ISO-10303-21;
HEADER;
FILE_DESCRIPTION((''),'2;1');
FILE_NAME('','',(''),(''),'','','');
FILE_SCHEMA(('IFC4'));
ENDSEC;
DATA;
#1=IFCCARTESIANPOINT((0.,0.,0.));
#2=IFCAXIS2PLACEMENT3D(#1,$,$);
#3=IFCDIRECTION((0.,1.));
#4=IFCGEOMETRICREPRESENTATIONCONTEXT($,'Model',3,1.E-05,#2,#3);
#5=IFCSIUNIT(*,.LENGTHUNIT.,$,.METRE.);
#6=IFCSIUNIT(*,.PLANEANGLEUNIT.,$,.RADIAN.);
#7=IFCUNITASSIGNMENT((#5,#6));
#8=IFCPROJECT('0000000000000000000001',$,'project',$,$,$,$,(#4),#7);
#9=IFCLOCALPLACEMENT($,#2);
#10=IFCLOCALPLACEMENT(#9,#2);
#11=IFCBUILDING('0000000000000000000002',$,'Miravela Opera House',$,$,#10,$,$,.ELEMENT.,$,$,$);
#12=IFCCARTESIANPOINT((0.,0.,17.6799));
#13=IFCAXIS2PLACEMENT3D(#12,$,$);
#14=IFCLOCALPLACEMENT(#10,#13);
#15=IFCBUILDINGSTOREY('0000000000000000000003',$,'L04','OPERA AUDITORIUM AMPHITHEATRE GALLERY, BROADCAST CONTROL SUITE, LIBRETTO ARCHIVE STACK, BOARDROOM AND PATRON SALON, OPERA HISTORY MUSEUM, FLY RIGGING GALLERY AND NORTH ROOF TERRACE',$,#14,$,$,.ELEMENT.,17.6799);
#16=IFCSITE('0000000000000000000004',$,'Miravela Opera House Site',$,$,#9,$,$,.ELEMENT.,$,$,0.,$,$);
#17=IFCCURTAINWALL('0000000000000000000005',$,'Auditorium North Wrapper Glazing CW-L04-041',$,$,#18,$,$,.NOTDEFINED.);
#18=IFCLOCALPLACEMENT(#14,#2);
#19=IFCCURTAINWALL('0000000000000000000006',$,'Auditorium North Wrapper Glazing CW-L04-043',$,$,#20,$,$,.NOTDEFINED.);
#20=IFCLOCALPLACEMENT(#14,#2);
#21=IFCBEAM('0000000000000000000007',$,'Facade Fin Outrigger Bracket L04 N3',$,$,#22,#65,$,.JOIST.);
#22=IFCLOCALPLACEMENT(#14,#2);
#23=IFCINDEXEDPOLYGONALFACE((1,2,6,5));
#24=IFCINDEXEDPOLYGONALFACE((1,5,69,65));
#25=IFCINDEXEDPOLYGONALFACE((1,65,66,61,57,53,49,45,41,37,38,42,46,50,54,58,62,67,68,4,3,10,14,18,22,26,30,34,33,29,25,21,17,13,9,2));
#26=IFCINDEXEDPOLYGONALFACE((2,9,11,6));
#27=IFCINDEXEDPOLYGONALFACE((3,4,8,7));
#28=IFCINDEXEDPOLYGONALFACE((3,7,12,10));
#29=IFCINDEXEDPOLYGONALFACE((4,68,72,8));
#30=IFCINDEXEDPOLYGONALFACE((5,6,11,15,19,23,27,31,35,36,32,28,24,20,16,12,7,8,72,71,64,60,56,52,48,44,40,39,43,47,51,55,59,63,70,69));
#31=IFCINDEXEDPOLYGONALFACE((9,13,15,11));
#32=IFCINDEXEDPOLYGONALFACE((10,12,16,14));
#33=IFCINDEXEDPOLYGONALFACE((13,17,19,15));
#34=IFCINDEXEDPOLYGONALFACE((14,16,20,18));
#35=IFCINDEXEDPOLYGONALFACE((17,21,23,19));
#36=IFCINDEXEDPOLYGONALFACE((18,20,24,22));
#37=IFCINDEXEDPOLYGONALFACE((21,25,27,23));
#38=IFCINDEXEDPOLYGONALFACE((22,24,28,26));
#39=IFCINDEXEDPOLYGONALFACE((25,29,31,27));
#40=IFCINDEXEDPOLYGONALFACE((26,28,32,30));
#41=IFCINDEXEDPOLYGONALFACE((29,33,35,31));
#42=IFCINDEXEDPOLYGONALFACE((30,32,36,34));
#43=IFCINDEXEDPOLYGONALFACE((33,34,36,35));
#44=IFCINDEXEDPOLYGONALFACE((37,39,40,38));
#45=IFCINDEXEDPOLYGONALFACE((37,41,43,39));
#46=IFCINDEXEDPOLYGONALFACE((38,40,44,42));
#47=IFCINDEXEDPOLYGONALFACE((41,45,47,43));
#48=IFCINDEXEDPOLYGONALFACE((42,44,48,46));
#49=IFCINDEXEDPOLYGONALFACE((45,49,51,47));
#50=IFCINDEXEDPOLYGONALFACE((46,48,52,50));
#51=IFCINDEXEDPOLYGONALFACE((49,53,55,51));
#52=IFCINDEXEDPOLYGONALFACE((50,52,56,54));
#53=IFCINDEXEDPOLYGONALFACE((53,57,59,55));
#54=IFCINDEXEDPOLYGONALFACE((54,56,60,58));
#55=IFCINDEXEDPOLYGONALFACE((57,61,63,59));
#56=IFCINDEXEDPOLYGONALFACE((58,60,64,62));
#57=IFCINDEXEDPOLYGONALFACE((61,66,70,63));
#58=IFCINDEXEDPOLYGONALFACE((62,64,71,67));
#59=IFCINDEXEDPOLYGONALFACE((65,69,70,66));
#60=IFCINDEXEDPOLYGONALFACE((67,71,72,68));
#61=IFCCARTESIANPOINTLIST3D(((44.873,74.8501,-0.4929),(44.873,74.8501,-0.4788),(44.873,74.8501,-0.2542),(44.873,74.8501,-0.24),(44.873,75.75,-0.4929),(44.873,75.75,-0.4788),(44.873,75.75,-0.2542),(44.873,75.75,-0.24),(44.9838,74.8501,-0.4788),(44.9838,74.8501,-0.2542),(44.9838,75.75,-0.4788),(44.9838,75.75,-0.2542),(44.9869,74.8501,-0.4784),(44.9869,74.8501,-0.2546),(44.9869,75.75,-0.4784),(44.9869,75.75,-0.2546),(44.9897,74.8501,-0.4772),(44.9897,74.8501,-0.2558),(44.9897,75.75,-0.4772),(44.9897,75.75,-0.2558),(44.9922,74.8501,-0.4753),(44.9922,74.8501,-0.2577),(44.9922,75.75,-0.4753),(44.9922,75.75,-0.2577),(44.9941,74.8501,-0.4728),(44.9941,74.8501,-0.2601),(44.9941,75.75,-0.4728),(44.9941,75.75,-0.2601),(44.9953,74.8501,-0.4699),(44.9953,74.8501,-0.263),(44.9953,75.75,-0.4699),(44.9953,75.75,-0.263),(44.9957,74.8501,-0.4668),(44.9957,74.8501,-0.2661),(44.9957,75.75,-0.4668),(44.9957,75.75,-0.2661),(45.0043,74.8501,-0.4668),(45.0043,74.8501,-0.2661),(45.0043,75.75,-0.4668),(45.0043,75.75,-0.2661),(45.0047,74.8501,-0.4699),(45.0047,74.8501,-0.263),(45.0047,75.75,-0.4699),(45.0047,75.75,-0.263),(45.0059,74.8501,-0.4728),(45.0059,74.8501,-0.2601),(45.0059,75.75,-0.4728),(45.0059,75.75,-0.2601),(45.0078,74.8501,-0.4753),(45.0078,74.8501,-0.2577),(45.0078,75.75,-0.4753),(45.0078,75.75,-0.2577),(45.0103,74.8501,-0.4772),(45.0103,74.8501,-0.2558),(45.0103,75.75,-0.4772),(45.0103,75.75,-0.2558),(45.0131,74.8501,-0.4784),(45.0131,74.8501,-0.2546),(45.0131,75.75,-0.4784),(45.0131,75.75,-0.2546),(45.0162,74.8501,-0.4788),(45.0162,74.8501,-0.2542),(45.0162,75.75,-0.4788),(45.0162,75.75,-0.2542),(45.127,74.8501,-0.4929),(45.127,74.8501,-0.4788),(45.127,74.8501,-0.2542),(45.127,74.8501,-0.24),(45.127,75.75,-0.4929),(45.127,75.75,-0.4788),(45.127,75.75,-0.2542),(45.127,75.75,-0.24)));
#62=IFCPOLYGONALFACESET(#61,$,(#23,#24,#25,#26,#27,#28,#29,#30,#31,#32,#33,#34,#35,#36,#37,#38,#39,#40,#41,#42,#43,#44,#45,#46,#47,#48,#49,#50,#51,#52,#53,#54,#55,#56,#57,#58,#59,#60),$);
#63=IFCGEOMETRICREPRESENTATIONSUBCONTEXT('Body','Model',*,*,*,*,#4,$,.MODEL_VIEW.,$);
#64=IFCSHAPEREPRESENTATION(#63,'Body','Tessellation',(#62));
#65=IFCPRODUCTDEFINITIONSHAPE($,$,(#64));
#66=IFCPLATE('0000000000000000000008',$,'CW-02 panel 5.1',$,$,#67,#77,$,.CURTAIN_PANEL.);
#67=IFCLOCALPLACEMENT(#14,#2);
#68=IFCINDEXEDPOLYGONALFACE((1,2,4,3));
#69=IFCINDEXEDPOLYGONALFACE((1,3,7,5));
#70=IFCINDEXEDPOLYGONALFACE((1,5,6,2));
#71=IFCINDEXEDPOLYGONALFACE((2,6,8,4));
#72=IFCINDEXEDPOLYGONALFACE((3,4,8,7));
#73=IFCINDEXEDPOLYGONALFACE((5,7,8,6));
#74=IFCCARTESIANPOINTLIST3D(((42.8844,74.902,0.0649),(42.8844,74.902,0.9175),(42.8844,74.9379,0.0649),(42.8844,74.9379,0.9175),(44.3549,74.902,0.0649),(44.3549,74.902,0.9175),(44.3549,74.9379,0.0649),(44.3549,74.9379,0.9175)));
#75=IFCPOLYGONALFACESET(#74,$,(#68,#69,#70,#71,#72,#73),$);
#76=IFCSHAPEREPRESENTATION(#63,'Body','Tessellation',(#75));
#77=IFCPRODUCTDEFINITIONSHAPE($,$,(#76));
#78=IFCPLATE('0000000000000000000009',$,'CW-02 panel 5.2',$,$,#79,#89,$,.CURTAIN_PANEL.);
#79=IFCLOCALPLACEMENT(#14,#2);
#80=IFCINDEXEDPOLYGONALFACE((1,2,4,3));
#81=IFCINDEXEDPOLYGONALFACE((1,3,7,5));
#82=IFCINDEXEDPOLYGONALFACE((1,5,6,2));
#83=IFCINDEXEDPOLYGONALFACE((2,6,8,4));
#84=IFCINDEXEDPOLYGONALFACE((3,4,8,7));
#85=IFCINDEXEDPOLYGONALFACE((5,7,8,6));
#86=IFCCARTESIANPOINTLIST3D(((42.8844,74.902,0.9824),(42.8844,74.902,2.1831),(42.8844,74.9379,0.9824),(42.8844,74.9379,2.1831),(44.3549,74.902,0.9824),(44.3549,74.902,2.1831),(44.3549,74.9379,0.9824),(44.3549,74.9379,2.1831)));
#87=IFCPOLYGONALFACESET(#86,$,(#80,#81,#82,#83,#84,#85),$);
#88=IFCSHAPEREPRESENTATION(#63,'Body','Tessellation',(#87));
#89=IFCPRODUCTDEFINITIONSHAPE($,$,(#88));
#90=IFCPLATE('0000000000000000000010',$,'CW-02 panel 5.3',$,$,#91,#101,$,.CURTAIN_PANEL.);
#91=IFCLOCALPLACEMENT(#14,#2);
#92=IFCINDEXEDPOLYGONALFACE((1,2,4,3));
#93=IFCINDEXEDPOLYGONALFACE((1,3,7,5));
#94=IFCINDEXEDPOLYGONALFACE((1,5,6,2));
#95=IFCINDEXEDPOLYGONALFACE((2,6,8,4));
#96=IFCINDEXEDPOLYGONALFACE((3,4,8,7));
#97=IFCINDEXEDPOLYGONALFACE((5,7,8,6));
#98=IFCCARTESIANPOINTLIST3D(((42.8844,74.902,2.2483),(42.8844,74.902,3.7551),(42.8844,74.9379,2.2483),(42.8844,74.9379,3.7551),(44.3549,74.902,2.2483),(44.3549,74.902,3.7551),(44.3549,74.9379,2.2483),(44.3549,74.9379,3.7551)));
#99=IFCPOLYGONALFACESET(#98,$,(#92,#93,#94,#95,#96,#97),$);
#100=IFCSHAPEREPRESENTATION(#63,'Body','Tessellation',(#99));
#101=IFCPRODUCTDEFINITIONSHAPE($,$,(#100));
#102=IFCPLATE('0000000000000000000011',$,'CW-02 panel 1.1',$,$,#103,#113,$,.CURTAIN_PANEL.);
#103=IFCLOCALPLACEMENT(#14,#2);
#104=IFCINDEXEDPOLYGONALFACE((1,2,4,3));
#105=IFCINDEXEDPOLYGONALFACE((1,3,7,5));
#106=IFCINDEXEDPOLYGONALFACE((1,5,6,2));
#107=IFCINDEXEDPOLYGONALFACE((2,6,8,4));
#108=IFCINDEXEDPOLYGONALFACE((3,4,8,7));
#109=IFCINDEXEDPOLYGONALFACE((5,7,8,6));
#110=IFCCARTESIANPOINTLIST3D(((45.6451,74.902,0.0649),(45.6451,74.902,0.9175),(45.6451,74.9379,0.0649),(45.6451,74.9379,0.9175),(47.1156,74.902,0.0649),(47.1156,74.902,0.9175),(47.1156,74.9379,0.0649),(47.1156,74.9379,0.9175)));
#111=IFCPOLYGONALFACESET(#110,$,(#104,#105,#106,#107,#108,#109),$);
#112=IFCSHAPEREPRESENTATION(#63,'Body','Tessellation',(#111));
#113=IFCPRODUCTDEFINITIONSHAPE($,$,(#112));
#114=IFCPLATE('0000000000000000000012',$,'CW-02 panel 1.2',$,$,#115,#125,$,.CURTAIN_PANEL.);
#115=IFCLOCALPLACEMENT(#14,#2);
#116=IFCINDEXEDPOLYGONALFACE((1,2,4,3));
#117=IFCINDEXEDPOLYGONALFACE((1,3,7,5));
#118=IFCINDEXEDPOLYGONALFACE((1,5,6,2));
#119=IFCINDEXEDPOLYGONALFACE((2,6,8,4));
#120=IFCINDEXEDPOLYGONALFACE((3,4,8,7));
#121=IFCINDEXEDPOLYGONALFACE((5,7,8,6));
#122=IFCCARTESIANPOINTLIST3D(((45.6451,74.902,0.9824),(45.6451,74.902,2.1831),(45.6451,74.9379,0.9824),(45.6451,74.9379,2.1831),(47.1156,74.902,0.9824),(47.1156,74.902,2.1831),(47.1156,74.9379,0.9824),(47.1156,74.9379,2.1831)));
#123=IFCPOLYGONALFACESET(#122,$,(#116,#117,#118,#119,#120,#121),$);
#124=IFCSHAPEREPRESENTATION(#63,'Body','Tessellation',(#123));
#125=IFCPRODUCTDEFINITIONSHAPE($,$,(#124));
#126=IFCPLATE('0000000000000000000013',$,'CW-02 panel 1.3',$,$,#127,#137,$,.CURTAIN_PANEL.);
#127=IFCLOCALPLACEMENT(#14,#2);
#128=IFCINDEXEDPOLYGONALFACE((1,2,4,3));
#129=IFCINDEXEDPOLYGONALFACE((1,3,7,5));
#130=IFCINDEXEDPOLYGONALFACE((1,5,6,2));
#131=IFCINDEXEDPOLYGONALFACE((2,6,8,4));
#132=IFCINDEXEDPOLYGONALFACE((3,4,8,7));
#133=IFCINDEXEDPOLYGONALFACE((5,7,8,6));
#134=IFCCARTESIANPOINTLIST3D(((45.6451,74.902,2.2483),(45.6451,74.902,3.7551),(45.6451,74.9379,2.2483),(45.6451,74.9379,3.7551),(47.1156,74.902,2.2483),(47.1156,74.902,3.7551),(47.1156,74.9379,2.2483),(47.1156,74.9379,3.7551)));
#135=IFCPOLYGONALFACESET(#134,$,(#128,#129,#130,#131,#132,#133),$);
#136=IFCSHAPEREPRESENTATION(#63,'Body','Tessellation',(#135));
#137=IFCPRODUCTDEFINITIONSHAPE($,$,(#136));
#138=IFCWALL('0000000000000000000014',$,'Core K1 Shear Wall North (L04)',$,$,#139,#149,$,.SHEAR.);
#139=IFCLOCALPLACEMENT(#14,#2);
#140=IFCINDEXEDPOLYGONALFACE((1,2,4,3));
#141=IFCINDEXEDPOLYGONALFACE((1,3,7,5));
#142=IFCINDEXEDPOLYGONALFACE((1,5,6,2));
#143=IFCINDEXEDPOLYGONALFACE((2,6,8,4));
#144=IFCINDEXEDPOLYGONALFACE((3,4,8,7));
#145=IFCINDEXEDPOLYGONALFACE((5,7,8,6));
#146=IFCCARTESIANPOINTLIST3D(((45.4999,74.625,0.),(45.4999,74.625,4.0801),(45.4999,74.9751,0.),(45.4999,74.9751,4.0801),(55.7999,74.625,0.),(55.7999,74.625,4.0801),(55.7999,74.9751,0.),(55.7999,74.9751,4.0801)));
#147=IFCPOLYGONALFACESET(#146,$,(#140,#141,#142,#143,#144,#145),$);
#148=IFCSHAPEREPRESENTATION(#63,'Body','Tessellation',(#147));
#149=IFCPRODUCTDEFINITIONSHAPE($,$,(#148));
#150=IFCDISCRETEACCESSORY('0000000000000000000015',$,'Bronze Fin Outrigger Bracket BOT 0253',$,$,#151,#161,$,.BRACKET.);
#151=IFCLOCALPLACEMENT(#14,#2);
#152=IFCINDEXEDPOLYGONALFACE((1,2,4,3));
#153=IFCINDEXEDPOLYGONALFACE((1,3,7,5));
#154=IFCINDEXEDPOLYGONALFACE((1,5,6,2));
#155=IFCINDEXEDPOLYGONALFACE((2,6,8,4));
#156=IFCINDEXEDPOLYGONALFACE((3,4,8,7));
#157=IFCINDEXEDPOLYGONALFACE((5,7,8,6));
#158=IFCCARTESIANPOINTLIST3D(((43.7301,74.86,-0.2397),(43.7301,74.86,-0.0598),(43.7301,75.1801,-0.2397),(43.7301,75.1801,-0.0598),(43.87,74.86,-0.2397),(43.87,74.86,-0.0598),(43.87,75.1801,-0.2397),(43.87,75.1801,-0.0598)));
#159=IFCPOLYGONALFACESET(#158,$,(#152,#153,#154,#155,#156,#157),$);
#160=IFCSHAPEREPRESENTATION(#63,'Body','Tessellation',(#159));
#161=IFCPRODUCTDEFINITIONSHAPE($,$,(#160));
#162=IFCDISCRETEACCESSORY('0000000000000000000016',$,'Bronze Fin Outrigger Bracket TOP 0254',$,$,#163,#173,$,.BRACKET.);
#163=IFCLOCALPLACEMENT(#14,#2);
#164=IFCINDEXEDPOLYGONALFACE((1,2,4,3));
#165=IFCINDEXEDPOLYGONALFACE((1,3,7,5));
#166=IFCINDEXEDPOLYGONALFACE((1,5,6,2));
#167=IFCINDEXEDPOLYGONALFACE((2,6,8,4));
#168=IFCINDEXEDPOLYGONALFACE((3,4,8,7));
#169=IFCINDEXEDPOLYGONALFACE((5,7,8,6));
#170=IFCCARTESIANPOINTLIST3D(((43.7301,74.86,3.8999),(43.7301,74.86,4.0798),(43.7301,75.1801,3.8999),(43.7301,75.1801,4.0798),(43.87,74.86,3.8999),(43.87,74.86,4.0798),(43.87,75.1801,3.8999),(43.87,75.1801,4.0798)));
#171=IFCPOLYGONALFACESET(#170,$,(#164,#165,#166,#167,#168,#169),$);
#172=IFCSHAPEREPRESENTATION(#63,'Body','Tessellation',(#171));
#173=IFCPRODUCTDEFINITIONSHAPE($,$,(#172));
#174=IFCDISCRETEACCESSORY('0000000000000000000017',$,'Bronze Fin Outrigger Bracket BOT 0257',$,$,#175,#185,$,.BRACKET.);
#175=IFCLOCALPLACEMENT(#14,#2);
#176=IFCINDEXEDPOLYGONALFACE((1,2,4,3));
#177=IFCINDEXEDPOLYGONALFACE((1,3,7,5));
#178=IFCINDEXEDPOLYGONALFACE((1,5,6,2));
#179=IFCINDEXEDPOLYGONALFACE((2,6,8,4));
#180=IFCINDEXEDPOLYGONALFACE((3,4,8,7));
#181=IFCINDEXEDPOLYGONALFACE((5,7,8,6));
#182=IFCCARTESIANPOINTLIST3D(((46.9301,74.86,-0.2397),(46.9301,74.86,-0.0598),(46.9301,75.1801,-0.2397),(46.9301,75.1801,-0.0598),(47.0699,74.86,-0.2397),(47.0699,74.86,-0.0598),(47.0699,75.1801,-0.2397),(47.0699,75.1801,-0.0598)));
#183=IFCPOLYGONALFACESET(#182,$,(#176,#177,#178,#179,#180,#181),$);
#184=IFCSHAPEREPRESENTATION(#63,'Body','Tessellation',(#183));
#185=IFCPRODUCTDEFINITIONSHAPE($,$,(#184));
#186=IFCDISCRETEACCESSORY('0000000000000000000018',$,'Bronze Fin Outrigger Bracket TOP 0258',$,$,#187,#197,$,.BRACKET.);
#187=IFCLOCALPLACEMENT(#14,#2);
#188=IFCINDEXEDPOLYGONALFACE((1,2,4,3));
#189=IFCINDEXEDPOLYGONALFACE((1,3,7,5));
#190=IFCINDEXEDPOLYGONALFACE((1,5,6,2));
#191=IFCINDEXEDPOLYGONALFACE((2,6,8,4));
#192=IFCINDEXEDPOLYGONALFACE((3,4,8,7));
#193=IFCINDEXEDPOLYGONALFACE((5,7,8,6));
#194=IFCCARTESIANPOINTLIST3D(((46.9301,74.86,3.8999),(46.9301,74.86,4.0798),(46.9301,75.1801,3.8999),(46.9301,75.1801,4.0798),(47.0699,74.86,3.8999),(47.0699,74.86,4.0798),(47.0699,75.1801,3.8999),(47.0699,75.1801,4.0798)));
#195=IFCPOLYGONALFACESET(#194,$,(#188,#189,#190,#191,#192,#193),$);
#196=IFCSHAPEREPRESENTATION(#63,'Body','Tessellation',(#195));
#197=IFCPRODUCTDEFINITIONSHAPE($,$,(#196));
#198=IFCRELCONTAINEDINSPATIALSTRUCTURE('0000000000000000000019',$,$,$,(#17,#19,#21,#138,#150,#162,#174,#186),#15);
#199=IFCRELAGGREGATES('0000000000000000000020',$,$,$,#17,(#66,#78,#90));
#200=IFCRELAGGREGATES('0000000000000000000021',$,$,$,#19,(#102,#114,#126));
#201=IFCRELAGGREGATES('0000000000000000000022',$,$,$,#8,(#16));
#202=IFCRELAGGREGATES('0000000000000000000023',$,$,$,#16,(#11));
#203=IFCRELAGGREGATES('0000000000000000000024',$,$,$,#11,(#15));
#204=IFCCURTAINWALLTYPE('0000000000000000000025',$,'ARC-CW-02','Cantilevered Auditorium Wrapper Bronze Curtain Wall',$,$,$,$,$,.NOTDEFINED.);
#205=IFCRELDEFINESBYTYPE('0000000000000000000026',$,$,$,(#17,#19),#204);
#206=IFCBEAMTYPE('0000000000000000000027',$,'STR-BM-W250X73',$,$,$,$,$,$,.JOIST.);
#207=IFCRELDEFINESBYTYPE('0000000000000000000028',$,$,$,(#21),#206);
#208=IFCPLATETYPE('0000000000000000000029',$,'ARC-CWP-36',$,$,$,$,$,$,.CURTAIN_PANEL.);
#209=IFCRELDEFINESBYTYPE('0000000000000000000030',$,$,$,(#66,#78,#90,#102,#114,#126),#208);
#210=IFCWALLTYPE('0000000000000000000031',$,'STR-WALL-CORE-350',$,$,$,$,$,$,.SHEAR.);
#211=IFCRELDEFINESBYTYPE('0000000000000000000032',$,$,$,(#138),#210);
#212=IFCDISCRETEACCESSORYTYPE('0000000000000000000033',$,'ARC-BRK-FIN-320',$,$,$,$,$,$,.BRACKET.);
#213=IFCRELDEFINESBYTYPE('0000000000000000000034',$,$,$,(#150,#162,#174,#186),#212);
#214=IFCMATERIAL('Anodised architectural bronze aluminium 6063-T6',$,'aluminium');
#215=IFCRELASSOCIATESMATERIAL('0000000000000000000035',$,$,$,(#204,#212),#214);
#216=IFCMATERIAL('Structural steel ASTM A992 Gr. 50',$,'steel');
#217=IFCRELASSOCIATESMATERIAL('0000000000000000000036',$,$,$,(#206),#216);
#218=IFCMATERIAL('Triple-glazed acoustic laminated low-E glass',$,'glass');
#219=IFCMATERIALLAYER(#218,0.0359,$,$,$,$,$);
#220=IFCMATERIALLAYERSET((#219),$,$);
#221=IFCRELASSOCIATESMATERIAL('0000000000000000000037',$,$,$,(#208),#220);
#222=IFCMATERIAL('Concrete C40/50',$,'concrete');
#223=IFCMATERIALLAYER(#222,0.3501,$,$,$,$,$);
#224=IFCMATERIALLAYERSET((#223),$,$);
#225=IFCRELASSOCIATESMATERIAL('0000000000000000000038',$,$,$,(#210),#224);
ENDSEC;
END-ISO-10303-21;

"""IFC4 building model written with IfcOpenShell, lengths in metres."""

from ifc_helpers import new_model, si_unit, direction, frame, frame_2d, origin, origin_2d, place, context, subcontext, project, spatial, rectangle, i_section, extrude, material, layer, layer_set, material_profile, profile_set, type_object, element, aggregate, save


model = new_model("IFC4")

# Units and contexts
model_context = context("Model", 3, precision=1e-05, world=origin(), true_north=direction((0.0, 1.0)))
body_context = subcontext(model_context, "Body", "Model", "MODEL_VIEW")
ifc_project = project(units=[si_unit("LENGTHUNIT", "METRE"), si_unit("PLANEANGLEUNIT", "RADIAN")], contexts=[model_context])

# Site, building, storey
site_placement = place(None, origin())
site = spatial("IfcSite", under=ifc_project, at=site_placement, Name="Miravela Opera House Site", CompositionType="ELEMENT", RefElevation=0.0)
building_placement = place(site_placement, origin())
building = spatial("IfcBuilding", under=site, at=building_placement, Name="Miravela Opera House", CompositionType="ELEMENT")
storey_placement = place(building_placement, frame((0.0, 0.0, 17.6799)))
storey = spatial("IfcBuildingStorey", under=building, at=storey_placement, Name="L04", Description="OPERA AUDITORIUM AMPHITHEATRE GALLERY, BROADCAST CONTROL SUITE, LIBRETTO ARCHIVE STACK, BOARDROOM AND PATRON SALON, OPERA HISTORY MUSEUM, FLY RIGGING GALLERY AND NORTH ROOF TERRACE", CompositionType="ELEMENT", Elevation=17.6799)

# Curtain walls
ifc_material_1 = material(Name="Anodised architectural bronze aluminium 6063-T6", Category="aluminium")
curtain_wall_type = type_object("IfcCurtainWallType", Name="ARC-CW-02", Description="Cantilevered Auditorium Wrapper Bronze Curtain Wall", PredefinedType="NOTDEFINED", material=ifc_material_1)
curtain_wall_1_placement = place(storey_placement, origin())
curtain_wall_1 = element("IfcCurtainWall", 1, at=curtain_wall_1_placement, inside=storey, type_object=curtain_wall_type, Name="Auditorium North Wrapper Glazing CW-L04-041", PredefinedType="NOTDEFINED")
curtain_wall_2_placement = place(storey_placement, origin())
curtain_wall_2 = element("IfcCurtainWall", 2, at=curtain_wall_2_placement, inside=storey, type_object=curtain_wall_type, Name="Auditorium North Wrapper Glazing CW-L04-043", PredefinedType="NOTDEFINED")

# Beam
ifc_material_2 = material(Name="Concrete C40/50", Category="concrete")
ifc_material_3 = material(Name="Structural steel ASTM A992 Gr. 50", Category="steel")
ifc_material_profile_1 = material_profile(ifc_material_3, i_section(OverallWidth=0.2539, OverallDepth=0.2529, WebThickness=0.0085, FlangeThickness=0.0142, FilletRadius=0.012, at=origin_2d()), Name="W250X73")
ifc_profile_set_1 = profile_set([ifc_material_profile_1])
beam_type_1 = type_object("IfcBeamType", Name="STR-BM-W250X73", PredefinedType="JOIST", material=ifc_profile_set_1)
beam_1_placement = place(storey_placement, frame((45.0, 74.8501, -0.3665), z_axis=(0.0, 1.0, 0.0), x_axis=(-1.0, 0.0, 0.0)))
element("IfcBeam", 3, at=beam_1_placement, inside=storey, type_object=beam_type_1, Name="Facade Fin Outrigger Bracket L04 N3", PredefinedType="JOIST", context=body_context, shape_type="SweptSolid", body=[
    extrude(i_section(OverallWidth=0.2539, OverallDepth=0.2529, WebThickness=0.0085, FlangeThickness=0.0142, FilletRadius=0.012, at=origin_2d()), origin(), (0.0, 0.0, 1.0), 0.8999),
])

# Plates
ifc_material_4 = material(Name="Triple-glazed acoustic laminated low-E glass", Category="glass")
ifc_layer_1 = layer(ifc_material_4, 0.0359)
ifc_layer_set_1 = layer_set([ifc_layer_1])
plate_type = type_object("IfcPlateType", Name="ARC-CWP-36", PredefinedType="CURTAIN_PANEL", material=ifc_layer_set_1)
plate_1_placement = place(storey_placement, frame((43.6196, 74.9199, 0.0649), z_axis=(0.0, 0.0, 1.0), x_axis=(1.0, 0.0, 0.0)))
plate_1 = element("IfcPlate", 4, at=plate_1_placement, type_object=plate_type, Name="CW-02 panel 5.1", PredefinedType="CURTAIN_PANEL", context=body_context, shape_type="SweptSolid", body=[
    extrude(rectangle(XDim=1.4705, YDim=0.0359, at=origin_2d()), origin(), (0.0, 0.0, 1.0), 0.8525),
])
plate_2_placement = place(storey_placement, frame((43.6196, 74.9199, 0.9824), z_axis=(0.0, 0.0, 1.0), x_axis=(1.0, 0.0, 0.0)))
plate_2 = element("IfcPlate", 5, at=plate_2_placement, type_object=plate_type, Name="CW-02 panel 5.2", PredefinedType="CURTAIN_PANEL", context=body_context, shape_type="SweptSolid", body=[
    extrude(rectangle(XDim=1.4705, YDim=0.0359, at=origin_2d()), origin(), (0.0, 0.0, 1.0), 1.2007),
])
plate_3_placement = place(storey_placement, frame((43.6196, 74.9199, 2.2483), z_axis=(0.0, 0.0, 1.0), x_axis=(1.0, 0.0, 0.0)))
plate_3 = element("IfcPlate", 6, at=plate_3_placement, type_object=plate_type, Name="CW-02 panel 5.3", PredefinedType="CURTAIN_PANEL", context=body_context, shape_type="SweptSolid", body=[
    extrude(rectangle(XDim=1.4705, YDim=0.0359, at=origin_2d()), origin(), (0.0, 0.0, 1.0), 1.5068),
])
aggregate(curtain_wall_1, [plate_1, plate_2, plate_3])
plate_4_placement = place(storey_placement, frame((46.3804, 74.9199, 0.0649), z_axis=(0.0, 0.0, 1.0), x_axis=(1.0, 0.0, 0.0)))
plate_4 = element("IfcPlate", 7, at=plate_4_placement, type_object=plate_type, Name="CW-02 panel 1.1", PredefinedType="CURTAIN_PANEL", context=body_context, shape_type="SweptSolid", body=[
    extrude(rectangle(XDim=1.4705, YDim=0.0359, at=origin_2d()), origin(), (0.0, 0.0, 1.0), 0.8525),
])
plate_5_placement = place(storey_placement, frame((46.3804, 74.9199, 0.9824), z_axis=(0.0, 0.0, 1.0), x_axis=(1.0, 0.0, 0.0)))
plate_5 = element("IfcPlate", 8, at=plate_5_placement, type_object=plate_type, Name="CW-02 panel 1.2", PredefinedType="CURTAIN_PANEL", context=body_context, shape_type="SweptSolid", body=[
    extrude(rectangle(XDim=1.4705, YDim=0.0359, at=origin_2d()), origin(), (0.0, 0.0, 1.0), 1.2007),
])
plate_6_placement = place(storey_placement, frame((46.3804, 74.9199, 2.2483), z_axis=(0.0, 0.0, 1.0), x_axis=(1.0, 0.0, 0.0)))
plate_6 = element("IfcPlate", 9, at=plate_6_placement, type_object=plate_type, Name="CW-02 panel 1.3", PredefinedType="CURTAIN_PANEL", context=body_context, shape_type="SweptSolid", body=[
    extrude(rectangle(XDim=1.4705, YDim=0.0359, at=origin_2d()), origin(), (0.0, 0.0, 1.0), 1.5068),
])
aggregate(curtain_wall_2, [plate_4, plate_5, plate_6])

# Wall
ifc_layer_2 = layer(ifc_material_2, 0.3501)
ifc_layer_set_2 = layer_set([ifc_layer_2])
wall_type = type_object("IfcWallType", Name="STR-WALL-CORE-350", PredefinedType="SHEAR", material=ifc_layer_set_2)
wall_placement = place(storey_placement, frame((45.5, 74.8, 0.0), z_axis=(0.0, 0.0, 1.0), x_axis=(1.0, 0.0, 0.0)))
element("IfcWall", 10, at=wall_placement, inside=storey, type_object=wall_type, Name="Core K1 Shear Wall North (L04)", PredefinedType="SHEAR", context=body_context, shape_type="SweptSolid", body=[
    extrude(rectangle(XDim=10.3, YDim=0.3501, at=frame_2d((5.1499, 0.0))), origin(), (0.0, 0.0, 1.0), 4.0801),
])

# Discrete accessories
discrete_accessory_type = type_object("IfcDiscreteAccessoryType", Name="ARC-BRK-FIN-320", PredefinedType="BRACKET", material=ifc_material_1)
for number, where, z_axis, x_axis, name in (
    (11, (43.8, 75.02, -0.2397), (0.0, 0.0, 1.0), (0.0, 1.0, 0.0), "Bronze Fin Outrigger Bracket BOT 0253"),
    (12, (43.8, 75.02, 3.8999), (0.0, 0.0, 1.0), (0.0, 1.0, 0.0), "Bronze Fin Outrigger Bracket TOP 0254"),
    (13, (47.0, 75.02, -0.2397), (0.0, 0.0, 1.0), (0.0, 1.0, 0.0), "Bronze Fin Outrigger Bracket BOT 0257"),
    (14, (47.0, 75.02, 3.8999), (0.0, 0.0, 1.0), (0.0, 1.0, 0.0), "Bronze Fin Outrigger Bracket TOP 0258"),
):
    element("IfcDiscreteAccessory", number, at=place(storey_placement, frame(where, z_axis=z_axis, x_axis=x_axis)), inside=storey, type_object=discrete_accessory_type, Name=name, PredefinedType="BRACKET", context=body_context, shape_type="SweptSolid", body=[
        extrude(rectangle(XDim=0.3201, YDim=0.1399, at=origin_2d()), origin(), (0.0, 0.0, 1.0), 0.1799),
    ])

save(model, "model.ifc")
